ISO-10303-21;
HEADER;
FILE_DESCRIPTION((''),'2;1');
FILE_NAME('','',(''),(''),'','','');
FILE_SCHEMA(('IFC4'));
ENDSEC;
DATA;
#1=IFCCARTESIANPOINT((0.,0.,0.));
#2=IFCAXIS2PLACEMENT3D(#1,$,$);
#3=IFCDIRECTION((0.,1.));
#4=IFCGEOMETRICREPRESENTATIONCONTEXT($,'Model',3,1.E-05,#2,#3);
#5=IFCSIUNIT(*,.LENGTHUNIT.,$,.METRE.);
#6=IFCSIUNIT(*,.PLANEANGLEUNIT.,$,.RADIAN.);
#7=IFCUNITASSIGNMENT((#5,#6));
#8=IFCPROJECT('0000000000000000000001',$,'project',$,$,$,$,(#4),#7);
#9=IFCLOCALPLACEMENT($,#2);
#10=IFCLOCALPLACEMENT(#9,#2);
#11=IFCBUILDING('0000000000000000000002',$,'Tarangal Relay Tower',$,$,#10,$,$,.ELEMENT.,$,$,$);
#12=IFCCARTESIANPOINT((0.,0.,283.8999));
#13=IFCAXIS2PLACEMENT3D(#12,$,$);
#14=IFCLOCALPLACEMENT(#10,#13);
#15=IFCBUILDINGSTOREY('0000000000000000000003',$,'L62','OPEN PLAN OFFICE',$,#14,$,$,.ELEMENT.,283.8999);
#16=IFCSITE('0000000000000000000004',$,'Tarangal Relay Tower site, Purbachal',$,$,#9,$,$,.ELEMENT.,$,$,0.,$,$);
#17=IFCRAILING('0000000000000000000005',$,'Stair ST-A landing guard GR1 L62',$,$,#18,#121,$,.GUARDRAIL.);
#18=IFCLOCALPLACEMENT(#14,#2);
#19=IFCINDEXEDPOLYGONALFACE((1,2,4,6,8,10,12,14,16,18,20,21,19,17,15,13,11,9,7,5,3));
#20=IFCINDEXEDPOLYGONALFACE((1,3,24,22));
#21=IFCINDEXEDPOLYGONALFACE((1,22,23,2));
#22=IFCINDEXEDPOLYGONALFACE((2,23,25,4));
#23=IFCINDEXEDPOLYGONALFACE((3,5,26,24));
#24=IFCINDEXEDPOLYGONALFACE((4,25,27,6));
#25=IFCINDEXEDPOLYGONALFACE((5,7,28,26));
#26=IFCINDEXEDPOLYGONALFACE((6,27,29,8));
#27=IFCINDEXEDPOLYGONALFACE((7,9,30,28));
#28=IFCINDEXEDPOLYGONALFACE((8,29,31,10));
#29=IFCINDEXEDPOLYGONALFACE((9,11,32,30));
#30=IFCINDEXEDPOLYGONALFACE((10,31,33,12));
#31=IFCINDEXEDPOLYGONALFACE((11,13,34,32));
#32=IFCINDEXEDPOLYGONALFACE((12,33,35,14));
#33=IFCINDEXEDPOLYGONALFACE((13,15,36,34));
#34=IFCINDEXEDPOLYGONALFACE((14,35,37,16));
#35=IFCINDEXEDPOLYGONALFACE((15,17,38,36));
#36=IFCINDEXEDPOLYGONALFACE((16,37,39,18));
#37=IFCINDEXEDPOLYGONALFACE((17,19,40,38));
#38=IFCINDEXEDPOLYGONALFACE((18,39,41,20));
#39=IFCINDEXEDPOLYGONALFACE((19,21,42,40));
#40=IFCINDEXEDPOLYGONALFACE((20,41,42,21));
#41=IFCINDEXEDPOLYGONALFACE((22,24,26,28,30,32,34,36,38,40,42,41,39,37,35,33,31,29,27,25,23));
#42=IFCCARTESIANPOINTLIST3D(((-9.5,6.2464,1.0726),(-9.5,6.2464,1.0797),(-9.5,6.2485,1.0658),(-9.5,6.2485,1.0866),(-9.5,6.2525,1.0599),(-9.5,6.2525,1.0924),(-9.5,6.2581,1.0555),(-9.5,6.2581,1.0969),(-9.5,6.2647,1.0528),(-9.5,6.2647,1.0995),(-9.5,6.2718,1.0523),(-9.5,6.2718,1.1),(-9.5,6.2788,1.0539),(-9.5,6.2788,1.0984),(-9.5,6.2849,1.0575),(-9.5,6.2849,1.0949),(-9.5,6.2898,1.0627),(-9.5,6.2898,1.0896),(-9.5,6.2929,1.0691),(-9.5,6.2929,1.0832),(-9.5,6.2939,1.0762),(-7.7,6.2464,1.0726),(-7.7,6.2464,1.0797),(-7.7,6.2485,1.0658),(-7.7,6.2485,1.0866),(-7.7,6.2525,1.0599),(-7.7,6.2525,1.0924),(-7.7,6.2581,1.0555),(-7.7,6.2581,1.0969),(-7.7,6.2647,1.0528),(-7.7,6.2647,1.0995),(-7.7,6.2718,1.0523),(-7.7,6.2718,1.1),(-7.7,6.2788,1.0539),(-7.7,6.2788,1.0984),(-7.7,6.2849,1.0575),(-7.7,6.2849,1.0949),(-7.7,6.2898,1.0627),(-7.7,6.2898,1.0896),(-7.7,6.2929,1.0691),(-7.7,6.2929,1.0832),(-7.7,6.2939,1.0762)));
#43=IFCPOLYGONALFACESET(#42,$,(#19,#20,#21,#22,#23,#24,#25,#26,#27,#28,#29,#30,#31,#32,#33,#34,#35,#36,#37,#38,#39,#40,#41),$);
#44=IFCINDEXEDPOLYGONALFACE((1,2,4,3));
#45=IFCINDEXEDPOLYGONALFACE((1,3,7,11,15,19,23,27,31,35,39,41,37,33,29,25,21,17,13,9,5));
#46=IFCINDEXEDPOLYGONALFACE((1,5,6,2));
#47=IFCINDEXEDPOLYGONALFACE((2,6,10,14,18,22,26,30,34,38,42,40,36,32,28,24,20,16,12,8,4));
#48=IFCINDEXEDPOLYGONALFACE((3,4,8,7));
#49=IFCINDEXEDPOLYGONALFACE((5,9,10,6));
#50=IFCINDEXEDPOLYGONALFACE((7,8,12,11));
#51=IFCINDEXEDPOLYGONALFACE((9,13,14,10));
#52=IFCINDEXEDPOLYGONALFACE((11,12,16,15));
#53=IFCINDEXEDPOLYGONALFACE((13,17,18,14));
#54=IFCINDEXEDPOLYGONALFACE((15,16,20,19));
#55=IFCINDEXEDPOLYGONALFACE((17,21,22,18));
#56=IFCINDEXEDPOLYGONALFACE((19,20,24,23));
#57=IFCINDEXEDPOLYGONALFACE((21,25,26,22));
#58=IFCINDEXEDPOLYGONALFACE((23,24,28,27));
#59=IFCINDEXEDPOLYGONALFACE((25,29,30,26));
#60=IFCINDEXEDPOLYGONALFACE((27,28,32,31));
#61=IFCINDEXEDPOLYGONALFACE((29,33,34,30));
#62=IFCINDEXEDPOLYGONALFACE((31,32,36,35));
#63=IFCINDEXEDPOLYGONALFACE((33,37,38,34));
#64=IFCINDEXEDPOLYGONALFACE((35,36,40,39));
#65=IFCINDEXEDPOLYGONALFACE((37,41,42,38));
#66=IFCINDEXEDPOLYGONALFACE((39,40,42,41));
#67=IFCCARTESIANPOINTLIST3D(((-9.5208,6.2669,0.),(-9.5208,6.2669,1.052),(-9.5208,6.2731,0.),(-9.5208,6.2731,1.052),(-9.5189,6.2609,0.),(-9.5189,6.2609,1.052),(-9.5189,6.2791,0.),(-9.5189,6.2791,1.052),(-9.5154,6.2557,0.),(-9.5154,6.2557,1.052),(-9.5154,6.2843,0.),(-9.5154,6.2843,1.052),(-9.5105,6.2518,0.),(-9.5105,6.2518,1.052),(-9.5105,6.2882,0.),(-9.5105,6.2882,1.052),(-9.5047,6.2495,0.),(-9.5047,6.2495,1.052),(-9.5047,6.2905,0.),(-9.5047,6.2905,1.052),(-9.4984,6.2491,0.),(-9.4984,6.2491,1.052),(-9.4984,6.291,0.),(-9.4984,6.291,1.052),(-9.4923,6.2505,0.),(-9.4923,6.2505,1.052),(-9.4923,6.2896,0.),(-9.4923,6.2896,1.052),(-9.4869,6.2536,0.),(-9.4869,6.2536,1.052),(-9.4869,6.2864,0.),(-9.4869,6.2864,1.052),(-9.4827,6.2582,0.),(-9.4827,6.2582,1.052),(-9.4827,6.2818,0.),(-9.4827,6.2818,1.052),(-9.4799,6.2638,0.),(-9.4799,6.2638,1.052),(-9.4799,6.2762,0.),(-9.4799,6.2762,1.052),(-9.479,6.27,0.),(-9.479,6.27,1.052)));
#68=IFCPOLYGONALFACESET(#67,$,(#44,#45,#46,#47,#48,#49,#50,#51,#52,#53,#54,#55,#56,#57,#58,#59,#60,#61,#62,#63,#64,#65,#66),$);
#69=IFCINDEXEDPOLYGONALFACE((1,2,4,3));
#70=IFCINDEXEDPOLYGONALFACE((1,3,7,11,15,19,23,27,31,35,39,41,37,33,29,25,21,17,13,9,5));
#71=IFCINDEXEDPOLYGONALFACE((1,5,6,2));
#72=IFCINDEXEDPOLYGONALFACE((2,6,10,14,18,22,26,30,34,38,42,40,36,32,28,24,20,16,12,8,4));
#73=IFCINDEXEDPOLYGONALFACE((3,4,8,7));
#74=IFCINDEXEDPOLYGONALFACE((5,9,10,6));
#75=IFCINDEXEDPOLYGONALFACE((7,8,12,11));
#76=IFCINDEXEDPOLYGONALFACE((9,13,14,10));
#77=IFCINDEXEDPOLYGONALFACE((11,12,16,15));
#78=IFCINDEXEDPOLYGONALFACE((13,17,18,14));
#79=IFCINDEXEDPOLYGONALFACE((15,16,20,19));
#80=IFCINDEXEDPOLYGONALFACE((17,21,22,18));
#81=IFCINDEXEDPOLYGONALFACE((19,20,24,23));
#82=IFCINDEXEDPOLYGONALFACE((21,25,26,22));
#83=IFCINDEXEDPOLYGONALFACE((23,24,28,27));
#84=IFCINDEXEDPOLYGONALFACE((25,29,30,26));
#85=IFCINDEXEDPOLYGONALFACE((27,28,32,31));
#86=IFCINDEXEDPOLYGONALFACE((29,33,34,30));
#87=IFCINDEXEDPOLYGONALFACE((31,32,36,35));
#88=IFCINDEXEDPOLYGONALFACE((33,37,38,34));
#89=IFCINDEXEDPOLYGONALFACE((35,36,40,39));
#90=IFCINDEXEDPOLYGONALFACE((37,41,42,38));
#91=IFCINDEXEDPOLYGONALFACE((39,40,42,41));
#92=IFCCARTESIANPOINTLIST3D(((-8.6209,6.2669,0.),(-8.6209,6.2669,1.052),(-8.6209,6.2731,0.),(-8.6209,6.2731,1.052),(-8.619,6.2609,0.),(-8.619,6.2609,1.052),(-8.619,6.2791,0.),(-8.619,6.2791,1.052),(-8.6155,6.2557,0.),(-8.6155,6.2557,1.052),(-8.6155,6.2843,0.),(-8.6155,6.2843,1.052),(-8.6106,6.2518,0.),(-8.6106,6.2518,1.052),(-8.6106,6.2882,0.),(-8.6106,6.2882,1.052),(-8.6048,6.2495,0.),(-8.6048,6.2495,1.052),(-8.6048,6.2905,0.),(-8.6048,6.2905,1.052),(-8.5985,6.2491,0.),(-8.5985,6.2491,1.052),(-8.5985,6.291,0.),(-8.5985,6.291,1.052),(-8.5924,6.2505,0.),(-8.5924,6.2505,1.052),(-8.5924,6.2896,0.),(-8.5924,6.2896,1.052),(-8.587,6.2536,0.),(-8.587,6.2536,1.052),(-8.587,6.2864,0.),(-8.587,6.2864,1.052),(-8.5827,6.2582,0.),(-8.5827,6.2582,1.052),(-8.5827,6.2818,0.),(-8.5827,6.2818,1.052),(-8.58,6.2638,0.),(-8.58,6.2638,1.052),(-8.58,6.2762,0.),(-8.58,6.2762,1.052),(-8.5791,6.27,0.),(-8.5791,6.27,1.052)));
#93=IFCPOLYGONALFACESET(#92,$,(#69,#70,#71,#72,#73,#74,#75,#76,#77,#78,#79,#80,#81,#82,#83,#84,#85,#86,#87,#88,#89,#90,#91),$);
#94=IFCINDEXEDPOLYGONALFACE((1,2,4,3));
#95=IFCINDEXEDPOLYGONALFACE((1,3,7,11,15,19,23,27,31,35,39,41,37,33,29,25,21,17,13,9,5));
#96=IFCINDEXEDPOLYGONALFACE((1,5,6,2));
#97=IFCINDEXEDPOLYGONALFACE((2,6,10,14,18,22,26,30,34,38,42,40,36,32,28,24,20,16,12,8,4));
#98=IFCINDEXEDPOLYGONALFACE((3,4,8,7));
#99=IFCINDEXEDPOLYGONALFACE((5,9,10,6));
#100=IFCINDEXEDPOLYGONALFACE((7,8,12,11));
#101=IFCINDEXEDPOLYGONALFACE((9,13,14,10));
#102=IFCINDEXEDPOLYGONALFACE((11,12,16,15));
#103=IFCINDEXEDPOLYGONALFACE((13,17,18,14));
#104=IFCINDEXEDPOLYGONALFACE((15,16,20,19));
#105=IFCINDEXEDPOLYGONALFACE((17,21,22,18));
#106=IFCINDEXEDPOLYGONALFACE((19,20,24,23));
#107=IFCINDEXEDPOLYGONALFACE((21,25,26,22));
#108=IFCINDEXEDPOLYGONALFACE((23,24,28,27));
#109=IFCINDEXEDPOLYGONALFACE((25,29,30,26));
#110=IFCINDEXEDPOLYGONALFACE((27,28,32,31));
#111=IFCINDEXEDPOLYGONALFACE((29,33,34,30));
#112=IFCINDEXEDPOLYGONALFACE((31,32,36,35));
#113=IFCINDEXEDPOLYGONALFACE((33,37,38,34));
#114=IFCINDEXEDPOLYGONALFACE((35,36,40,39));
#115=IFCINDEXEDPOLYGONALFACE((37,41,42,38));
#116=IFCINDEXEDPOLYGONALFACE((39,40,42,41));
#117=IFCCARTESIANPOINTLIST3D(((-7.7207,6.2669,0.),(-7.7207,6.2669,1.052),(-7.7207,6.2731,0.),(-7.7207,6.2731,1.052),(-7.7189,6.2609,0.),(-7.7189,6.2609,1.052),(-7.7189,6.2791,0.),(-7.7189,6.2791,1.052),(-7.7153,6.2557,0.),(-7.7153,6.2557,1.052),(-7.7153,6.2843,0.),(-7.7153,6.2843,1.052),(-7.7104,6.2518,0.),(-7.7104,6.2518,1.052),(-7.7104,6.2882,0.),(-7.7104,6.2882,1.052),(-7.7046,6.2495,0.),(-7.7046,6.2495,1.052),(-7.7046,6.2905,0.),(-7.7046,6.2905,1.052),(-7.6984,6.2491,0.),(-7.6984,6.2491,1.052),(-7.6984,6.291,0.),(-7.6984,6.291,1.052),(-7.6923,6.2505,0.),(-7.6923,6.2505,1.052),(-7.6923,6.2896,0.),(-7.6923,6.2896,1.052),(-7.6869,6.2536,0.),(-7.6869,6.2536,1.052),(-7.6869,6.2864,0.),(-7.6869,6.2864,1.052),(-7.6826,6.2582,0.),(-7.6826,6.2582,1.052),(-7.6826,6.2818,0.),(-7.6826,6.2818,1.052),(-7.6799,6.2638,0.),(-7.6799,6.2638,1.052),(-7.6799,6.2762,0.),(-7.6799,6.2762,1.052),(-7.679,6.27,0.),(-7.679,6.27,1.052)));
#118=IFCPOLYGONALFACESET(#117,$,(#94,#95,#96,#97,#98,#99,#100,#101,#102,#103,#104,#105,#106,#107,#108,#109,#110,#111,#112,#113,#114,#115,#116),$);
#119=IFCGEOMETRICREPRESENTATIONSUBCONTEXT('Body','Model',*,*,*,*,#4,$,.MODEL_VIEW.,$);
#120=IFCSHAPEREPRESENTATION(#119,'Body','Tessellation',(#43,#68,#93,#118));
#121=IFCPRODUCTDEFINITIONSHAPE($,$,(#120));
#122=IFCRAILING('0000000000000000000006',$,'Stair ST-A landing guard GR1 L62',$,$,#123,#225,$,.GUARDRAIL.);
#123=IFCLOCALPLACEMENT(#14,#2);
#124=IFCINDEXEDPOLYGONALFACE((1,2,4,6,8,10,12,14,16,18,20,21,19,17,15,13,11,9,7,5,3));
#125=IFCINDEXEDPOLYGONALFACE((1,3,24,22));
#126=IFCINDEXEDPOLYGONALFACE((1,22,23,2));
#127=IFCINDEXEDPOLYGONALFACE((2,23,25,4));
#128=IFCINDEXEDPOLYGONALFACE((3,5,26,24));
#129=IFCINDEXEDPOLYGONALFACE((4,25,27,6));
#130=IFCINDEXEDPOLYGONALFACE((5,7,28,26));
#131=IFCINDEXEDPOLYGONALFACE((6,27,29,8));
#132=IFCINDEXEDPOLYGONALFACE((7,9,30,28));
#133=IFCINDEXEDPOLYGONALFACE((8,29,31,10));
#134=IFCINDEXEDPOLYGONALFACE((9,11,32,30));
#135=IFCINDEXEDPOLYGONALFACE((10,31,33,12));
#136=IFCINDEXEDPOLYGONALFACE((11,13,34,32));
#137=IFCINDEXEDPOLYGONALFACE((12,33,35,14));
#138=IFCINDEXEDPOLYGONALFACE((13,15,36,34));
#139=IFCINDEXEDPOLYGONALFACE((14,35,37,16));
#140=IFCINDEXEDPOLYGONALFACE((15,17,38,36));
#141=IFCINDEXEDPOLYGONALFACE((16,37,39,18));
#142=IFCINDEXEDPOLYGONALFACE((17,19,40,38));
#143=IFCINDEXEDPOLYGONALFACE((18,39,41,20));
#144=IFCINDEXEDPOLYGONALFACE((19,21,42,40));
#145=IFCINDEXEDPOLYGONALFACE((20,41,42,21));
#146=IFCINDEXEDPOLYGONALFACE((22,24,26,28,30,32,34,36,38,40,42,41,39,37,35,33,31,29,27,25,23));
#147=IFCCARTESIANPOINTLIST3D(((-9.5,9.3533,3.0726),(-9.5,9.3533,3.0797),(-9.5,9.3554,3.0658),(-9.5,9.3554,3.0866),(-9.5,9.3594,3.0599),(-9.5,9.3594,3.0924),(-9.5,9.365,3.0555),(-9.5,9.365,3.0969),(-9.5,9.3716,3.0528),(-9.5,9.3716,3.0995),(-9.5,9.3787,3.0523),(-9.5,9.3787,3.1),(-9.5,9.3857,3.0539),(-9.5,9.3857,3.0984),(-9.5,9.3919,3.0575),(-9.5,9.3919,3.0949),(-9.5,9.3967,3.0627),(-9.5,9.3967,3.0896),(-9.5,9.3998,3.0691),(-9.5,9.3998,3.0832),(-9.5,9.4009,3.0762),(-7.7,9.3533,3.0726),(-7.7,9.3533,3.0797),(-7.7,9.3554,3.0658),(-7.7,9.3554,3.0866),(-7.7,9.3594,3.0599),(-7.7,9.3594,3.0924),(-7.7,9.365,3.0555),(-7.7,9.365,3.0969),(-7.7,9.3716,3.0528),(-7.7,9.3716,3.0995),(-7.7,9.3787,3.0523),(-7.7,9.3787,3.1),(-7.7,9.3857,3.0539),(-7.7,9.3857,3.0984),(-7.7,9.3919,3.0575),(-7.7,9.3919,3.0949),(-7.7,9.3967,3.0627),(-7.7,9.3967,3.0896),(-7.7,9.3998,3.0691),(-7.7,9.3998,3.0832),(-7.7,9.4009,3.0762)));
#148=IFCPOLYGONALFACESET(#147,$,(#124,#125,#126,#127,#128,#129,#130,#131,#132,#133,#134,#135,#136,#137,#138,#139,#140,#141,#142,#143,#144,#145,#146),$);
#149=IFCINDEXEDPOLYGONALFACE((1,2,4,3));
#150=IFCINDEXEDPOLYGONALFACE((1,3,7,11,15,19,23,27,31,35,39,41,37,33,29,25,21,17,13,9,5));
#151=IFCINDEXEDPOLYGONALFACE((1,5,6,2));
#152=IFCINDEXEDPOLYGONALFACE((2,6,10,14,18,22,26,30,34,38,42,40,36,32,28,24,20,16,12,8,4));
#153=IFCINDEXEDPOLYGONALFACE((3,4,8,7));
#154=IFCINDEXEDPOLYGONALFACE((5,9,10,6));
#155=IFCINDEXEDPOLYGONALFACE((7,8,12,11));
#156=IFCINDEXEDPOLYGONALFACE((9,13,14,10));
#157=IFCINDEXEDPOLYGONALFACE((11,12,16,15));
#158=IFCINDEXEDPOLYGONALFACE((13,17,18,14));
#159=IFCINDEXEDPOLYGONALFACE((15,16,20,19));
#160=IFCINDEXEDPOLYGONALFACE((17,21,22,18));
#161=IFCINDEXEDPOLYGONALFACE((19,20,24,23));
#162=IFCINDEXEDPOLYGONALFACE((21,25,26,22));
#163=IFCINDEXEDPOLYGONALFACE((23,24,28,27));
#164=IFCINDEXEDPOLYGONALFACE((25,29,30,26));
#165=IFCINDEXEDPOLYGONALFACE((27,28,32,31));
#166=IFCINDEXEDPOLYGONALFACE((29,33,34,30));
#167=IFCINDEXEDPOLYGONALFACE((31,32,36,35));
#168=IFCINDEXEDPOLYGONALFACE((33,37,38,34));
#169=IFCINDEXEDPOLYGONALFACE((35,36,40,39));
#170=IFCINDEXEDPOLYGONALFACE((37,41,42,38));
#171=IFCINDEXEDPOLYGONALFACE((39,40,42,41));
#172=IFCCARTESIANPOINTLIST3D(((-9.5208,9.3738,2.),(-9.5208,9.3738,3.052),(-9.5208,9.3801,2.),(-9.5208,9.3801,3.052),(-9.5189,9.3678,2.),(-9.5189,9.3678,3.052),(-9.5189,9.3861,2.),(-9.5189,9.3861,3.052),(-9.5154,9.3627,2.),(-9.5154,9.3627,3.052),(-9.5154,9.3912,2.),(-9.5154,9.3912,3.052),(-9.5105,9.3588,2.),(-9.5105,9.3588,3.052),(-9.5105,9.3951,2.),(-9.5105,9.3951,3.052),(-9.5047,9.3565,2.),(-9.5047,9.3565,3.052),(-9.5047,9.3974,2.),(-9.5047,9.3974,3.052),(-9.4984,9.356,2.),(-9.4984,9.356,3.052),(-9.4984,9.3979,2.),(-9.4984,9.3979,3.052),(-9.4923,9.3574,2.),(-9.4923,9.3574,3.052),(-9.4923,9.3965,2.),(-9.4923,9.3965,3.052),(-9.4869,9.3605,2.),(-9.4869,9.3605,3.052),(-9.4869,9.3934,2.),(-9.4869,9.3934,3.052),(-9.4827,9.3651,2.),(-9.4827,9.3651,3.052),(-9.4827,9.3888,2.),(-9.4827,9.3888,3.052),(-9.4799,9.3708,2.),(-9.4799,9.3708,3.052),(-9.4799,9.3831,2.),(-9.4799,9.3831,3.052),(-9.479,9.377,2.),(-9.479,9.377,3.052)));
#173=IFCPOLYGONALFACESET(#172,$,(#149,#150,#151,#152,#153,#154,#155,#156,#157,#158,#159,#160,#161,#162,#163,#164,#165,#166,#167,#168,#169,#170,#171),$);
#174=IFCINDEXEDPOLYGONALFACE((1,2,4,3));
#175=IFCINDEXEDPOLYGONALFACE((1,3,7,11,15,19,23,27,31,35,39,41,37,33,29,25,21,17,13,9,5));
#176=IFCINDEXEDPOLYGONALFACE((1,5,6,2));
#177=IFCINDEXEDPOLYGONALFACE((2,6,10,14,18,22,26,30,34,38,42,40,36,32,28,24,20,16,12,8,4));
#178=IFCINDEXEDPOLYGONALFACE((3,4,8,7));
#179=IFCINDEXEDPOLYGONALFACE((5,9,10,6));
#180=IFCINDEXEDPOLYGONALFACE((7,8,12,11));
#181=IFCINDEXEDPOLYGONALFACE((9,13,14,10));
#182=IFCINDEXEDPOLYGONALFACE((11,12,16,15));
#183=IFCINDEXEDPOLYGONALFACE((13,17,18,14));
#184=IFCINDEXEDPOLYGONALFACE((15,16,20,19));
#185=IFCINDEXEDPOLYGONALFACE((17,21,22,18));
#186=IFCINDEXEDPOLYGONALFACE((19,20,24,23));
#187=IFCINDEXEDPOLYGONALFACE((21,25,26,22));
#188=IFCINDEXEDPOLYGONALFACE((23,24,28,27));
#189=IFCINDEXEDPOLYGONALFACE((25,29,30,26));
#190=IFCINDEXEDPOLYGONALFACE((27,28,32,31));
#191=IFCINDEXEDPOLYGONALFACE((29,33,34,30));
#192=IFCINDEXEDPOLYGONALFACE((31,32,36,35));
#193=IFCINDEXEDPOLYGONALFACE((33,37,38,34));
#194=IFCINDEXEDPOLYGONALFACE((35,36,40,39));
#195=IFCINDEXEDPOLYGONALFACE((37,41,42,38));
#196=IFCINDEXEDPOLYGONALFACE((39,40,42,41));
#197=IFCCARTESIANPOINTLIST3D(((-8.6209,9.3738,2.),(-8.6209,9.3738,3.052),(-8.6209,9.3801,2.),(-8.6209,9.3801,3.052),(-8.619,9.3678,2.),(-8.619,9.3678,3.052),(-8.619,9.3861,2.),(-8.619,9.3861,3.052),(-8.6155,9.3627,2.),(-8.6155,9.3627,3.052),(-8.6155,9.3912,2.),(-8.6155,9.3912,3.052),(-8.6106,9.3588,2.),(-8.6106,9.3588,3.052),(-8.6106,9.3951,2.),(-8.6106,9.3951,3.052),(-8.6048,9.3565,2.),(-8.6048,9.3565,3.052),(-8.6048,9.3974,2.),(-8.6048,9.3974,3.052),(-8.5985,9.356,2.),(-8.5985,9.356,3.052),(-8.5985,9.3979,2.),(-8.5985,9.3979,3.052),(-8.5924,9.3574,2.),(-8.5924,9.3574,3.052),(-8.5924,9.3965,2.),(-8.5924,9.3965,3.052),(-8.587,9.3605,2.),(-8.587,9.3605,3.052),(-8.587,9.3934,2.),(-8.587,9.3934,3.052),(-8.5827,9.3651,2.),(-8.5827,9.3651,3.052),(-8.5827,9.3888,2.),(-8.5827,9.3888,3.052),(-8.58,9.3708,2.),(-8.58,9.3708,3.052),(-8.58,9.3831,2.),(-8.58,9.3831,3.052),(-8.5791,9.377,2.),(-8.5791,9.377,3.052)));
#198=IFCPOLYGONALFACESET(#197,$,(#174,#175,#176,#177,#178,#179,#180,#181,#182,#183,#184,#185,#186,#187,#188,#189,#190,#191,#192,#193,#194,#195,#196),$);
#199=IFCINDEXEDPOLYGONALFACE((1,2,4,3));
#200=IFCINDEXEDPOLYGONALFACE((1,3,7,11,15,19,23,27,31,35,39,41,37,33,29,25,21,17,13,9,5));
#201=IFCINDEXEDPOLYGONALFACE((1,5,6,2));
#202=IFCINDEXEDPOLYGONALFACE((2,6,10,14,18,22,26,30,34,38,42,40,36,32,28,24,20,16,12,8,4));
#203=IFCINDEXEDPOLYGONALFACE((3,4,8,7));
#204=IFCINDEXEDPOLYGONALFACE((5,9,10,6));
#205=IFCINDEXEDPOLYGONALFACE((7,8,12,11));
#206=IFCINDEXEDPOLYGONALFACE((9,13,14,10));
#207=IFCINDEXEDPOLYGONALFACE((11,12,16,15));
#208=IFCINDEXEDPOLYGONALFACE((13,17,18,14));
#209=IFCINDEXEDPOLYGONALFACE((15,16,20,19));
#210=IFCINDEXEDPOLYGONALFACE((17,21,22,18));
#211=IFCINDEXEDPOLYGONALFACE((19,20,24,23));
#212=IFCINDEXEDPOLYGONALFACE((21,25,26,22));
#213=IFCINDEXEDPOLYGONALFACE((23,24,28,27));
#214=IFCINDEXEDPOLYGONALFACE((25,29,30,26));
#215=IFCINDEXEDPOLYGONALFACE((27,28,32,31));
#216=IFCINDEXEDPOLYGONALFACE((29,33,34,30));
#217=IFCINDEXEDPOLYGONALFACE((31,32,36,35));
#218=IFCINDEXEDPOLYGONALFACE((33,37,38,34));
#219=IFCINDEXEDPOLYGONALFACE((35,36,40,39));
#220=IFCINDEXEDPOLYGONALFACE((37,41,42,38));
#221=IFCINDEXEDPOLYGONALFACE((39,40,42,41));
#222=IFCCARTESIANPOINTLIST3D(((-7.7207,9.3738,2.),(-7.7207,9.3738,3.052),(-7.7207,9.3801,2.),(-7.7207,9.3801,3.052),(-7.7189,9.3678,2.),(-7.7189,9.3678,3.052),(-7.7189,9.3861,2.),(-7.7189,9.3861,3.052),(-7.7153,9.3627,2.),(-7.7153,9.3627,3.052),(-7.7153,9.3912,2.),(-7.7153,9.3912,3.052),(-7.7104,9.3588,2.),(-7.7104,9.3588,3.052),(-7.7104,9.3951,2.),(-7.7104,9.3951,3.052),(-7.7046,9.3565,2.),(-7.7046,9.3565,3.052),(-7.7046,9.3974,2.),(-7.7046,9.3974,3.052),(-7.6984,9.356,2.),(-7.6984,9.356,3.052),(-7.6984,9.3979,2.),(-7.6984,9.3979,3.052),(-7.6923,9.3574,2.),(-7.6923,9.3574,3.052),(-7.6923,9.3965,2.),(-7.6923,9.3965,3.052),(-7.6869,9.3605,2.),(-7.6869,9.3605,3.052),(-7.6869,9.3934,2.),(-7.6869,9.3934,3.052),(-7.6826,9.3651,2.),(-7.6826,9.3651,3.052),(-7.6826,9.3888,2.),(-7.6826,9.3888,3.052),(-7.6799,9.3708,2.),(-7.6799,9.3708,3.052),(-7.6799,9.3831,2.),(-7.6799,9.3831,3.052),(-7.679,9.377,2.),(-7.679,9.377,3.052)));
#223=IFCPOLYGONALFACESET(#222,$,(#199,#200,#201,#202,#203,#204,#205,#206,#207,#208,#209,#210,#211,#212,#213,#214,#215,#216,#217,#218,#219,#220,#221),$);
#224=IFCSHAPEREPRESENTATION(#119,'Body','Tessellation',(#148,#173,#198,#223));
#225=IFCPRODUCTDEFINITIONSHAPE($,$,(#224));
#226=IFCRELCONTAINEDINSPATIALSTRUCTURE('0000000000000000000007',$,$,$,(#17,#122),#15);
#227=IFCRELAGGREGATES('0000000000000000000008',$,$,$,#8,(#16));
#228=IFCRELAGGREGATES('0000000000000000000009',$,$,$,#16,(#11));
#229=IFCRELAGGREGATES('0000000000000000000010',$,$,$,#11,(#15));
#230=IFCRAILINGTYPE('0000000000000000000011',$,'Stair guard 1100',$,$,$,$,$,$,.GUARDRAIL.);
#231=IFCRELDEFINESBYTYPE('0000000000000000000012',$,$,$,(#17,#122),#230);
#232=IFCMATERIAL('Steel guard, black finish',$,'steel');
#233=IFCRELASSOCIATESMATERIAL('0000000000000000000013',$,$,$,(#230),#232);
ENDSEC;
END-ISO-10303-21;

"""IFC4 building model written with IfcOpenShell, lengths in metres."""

from ifc_helpers import new_model, si_unit, direction, frame, origin, origin_2d, place, context, subcontext, project, spatial, circle, extrude, material, type_object, element, save


model = new_model("IFC4")

# Units and contexts
model_context = context("Model", 3, precision=1e-05, world=origin(), true_north=direction((0.0, 1.0)))
body_context = subcontext(model_context, "Body", "Model", "MODEL_VIEW")
ifc_project = project(units=[si_unit("LENGTHUNIT", "METRE"), si_unit("PLANEANGLEUNIT", "RADIAN")], contexts=[model_context])

# Site, building, storey
site_placement = place(None, origin())
site = spatial("IfcSite", under=ifc_project, at=site_placement, Name="Tarangal Relay Tower site, Purbachal", CompositionType="ELEMENT", RefElevation=0.0)
building_placement = place(site_placement, origin())
building = spatial("IfcBuilding", under=site, at=building_placement, Name="Tarangal Relay Tower", CompositionType="ELEMENT")
storey_placement = place(building_placement, frame((0.0, 0.0, 283.8999)))
storey = spatial("IfcBuildingStorey", under=building, at=storey_placement, Name="L62", Description="OPEN PLAN OFFICE", CompositionType="ELEMENT", Elevation=283.8999)

# Railings
ifc_material_1 = material(Name="Steel guard, black finish", Category="steel")
railing_type_1 = type_object("IfcRailingType", Name="Stair guard 1100", PredefinedType="GUARDRAIL", material=ifc_material_1)
for number, where, name in (
    (1, (-9.5, 6.27, 0.0), "Stair ST-A landing guard GR1 L62"),
    (2, (-9.5, 9.377, 2.0), "Stair ST-A landing guard GR1 L62"),
):
    element("IfcRailing", number, at=place(storey_placement, frame(where)), inside=storey, type_object=railing_type_1, Name=name, PredefinedType="GUARDRAIL", context=body_context, shape_type="SweptSolid", body=[
        extrude(circle(Radius=0.0239, at=origin_2d()), frame((0.0, 0.0, 1.0762), z_axis=(1.0, 0.0, 0.0), x_axis=(0.0, 1.0, 0.0)), (0.0, 0.0, 1.0), 1.8),
        extrude(circle(Radius=0.021, at=origin_2d()), origin(), (0.0, 0.0, 1.0), 1.052),
        extrude(circle(Radius=0.021, at=origin_2d()), frame((0.8999, 0.0, 0.0)), (0.0, 0.0, 1.0), 1.052),
        extrude(circle(Radius=0.021, at=origin_2d()), frame((1.8, 0.0, 0.0)), (0.0, 0.0, 1.0), 1.052),
    ])

save(model, "model.ifc")
